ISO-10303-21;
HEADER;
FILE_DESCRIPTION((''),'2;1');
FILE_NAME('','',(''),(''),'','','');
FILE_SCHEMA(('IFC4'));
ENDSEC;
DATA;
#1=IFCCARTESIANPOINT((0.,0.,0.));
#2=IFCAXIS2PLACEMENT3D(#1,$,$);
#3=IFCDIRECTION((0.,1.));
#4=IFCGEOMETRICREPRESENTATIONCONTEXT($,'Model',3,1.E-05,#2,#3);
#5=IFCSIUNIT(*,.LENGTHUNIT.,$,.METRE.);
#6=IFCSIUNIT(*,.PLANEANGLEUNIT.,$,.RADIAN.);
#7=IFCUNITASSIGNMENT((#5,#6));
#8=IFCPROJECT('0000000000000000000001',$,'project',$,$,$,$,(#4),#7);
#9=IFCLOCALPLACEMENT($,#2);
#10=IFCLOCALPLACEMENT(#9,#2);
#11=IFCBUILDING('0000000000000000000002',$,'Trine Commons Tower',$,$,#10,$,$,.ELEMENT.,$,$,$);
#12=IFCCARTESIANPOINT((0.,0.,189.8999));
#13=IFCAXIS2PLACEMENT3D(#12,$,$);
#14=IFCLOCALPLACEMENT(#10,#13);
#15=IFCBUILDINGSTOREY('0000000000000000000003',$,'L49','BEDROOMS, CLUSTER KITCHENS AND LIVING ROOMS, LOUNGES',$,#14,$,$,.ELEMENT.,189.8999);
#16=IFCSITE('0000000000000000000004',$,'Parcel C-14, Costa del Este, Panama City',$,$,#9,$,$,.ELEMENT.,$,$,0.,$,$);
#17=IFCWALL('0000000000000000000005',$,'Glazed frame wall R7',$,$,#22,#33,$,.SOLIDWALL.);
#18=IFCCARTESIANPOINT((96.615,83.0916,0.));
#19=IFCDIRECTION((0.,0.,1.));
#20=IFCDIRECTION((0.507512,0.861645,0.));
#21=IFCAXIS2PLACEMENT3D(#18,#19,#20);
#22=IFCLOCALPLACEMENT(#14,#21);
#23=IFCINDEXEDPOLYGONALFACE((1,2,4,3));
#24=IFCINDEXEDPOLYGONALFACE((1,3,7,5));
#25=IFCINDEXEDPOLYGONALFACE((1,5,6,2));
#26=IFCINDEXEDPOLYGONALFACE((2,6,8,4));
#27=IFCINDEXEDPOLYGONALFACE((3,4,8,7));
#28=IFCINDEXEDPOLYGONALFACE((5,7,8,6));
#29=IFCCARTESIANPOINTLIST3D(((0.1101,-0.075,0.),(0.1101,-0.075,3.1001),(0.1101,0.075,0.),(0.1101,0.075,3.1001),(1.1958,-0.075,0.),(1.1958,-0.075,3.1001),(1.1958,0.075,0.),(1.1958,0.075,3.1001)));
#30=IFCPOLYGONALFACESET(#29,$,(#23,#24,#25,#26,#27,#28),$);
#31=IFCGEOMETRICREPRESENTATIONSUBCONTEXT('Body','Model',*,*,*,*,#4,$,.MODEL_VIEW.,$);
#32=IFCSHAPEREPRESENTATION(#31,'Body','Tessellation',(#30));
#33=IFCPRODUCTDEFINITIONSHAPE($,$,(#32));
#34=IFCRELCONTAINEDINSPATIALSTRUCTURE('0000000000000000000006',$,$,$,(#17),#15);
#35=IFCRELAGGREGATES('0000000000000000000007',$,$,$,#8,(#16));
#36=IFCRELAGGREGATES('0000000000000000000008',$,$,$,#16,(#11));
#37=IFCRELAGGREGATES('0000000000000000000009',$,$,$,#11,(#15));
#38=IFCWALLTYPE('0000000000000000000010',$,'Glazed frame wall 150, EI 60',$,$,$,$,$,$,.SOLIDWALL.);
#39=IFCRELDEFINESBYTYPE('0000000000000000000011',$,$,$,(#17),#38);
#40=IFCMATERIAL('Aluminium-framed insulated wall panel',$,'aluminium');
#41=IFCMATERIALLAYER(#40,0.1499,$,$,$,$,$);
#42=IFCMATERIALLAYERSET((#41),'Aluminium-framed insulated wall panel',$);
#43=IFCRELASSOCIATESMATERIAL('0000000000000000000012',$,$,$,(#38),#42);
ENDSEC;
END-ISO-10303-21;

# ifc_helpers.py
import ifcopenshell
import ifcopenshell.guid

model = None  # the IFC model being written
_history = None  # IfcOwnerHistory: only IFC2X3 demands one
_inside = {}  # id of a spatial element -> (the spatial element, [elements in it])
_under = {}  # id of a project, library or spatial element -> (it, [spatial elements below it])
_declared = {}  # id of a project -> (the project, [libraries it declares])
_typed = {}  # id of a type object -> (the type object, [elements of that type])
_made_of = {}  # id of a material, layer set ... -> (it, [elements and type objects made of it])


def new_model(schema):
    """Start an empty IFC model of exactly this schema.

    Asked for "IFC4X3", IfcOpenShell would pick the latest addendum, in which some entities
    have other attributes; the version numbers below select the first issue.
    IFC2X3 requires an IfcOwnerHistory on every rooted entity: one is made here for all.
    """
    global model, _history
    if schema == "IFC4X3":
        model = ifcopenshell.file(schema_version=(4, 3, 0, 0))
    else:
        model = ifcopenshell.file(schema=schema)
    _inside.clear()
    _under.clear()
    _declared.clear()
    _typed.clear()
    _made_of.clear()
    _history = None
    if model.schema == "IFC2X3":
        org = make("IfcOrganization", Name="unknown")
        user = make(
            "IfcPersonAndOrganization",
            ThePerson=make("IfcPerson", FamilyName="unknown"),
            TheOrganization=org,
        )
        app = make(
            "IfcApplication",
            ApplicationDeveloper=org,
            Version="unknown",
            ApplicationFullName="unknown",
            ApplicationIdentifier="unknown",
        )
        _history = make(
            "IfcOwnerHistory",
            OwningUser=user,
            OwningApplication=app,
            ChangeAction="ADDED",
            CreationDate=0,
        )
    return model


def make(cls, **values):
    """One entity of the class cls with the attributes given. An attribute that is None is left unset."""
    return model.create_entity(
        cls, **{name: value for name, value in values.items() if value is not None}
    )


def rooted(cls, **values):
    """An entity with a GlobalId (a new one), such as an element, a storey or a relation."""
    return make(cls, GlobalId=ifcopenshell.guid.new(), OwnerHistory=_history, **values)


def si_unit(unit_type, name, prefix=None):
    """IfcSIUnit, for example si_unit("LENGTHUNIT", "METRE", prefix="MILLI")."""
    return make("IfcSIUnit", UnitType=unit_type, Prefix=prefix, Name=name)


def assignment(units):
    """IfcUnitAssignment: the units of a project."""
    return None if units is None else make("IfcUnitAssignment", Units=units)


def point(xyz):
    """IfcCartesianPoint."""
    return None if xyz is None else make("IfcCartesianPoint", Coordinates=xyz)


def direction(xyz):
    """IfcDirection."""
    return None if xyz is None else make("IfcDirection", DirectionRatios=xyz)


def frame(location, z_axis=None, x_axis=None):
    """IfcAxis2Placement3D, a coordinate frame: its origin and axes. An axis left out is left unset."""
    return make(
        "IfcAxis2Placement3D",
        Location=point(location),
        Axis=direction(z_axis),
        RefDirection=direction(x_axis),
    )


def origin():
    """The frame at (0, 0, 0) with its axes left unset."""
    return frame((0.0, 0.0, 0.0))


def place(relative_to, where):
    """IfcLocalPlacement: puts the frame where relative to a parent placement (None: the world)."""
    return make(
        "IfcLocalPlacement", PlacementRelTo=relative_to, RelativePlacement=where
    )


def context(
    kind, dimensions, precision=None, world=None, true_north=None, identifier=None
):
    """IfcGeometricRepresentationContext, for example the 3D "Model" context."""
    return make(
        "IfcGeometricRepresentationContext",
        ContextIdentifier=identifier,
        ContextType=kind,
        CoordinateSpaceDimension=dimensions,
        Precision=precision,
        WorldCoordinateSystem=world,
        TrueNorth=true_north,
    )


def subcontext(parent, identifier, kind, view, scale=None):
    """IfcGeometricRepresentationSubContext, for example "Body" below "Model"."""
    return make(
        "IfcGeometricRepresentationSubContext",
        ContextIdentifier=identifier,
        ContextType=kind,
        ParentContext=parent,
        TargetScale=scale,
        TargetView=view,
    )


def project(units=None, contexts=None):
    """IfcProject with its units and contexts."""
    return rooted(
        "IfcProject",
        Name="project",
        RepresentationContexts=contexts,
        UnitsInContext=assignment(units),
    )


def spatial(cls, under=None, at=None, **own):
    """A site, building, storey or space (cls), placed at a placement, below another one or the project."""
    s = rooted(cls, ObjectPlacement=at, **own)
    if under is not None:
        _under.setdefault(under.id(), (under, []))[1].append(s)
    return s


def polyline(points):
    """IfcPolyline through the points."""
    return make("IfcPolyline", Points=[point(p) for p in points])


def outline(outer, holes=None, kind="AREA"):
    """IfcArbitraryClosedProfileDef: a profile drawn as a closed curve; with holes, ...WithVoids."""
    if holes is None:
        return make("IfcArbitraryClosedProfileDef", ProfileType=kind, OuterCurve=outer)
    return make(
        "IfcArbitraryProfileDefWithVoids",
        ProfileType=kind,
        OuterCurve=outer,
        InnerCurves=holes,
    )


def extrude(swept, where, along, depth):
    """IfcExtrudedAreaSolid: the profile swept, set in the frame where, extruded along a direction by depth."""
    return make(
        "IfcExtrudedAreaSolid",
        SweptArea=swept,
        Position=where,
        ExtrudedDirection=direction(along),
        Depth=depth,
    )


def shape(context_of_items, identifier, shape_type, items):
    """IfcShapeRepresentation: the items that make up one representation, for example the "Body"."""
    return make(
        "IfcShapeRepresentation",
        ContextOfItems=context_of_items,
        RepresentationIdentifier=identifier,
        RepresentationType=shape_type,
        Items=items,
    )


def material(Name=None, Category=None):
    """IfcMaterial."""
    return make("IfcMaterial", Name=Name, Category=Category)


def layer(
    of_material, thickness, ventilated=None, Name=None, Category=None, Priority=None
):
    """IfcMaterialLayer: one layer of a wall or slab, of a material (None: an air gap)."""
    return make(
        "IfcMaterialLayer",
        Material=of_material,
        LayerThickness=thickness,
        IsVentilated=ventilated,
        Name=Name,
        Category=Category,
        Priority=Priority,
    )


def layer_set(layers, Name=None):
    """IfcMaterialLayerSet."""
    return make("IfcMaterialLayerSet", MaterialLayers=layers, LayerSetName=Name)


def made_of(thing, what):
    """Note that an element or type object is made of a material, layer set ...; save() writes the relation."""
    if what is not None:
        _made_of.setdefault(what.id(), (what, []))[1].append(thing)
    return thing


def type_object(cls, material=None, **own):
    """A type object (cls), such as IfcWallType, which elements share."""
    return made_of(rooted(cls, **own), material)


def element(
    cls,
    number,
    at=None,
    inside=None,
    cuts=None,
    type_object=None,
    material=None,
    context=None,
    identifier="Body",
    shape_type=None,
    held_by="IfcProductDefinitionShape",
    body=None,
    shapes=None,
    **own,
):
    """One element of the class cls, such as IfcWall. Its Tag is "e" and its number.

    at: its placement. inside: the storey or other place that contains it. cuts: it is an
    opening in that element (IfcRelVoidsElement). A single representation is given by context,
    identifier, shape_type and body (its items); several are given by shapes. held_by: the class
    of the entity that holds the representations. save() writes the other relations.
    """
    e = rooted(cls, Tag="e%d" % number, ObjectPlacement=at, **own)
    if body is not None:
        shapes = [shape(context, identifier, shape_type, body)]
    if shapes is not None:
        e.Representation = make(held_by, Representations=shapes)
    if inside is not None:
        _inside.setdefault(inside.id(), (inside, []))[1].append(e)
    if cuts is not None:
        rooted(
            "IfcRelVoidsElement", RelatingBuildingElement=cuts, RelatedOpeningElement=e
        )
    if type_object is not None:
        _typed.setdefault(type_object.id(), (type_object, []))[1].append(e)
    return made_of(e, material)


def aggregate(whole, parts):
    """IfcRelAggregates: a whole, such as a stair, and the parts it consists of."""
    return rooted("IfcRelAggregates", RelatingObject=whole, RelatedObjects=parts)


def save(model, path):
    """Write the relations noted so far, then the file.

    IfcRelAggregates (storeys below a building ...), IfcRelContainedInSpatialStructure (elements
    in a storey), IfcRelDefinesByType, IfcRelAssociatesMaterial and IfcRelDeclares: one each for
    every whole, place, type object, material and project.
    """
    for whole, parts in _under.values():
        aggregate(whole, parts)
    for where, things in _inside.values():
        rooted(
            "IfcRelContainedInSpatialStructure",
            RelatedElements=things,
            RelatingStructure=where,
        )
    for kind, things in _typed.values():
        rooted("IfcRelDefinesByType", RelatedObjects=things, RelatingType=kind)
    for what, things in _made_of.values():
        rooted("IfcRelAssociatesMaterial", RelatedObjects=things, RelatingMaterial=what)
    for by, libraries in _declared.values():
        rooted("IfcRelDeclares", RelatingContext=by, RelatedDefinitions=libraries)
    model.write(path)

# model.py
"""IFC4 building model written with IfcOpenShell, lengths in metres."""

from ifc_helpers import new_model, si_unit, direction, frame, origin, place, context, subcontext, project, spatial, polyline, outline, extrude, material, layer, layer_set, type_object, element, save


model = new_model("IFC4")

# Units and contexts
model_context = context("Model", 3, precision=1e-05, world=origin(), true_north=direction((0.0, 1.0)))
body_context = subcontext(model_context, "Body", "Model", "MODEL_VIEW")
ifc_project = project(units=[si_unit("LENGTHUNIT", "METRE"), si_unit("PLANEANGLEUNIT", "RADIAN")], contexts=[model_context])

# Site, building, storey
site_placement = place(None, origin())
site = spatial("IfcSite", under=ifc_project, at=site_placement, Name="Parcel C-14, Costa del Este, Panama City", CompositionType="ELEMENT", RefElevation=0.0)
building_placement = place(site_placement, origin())
building = spatial("IfcBuilding", under=site, at=building_placement, Name="Trine Commons Tower", CompositionType="ELEMENT")
storey_placement = place(building_placement, frame((0.0, 0.0, 189.8999)))
storey = spatial("IfcBuildingStorey", under=building, at=storey_placement, Name="L49", Description="BEDROOMS, CLUSTER KITCHENS AND LIVING ROOMS, LOUNGES", CompositionType="ELEMENT", Elevation=189.8999)

# Shared definitions
ifc_material_1 = material(Name="Aluminium-framed insulated wall panel", Category="aluminium")
ifc_layer_1 = layer(ifc_material_1, 0.1499)
ifc_layer_set_1 = layer_set([ifc_layer_1], Name="Aluminium-framed insulated wall panel")
wall_type_1 = type_object("IfcWallType", Name="Glazed frame wall 150, EI 60", PredefinedType="SOLIDWALL", material=ifc_layer_set_1)

# Wall
wall_1_placement = place(storey_placement, frame((96.615, 83.0916, 0.0), z_axis=(0.0, 0.0, 1.0), x_axis=(0.507512, 0.861645, 0.0)))
element("IfcWall", 1, at=wall_1_placement, inside=storey, type_object=wall_type_1, Name="Glazed frame wall R7", PredefinedType="SOLIDWALL", context=body_context, shape_type="SweptSolid", body=[
    extrude(outline(polyline([(0.1101, 0.075), (0.1101, -0.075), (1.1958, -0.075), (1.1958, 0.075), (0.1101, 0.075)])), origin(), (0.0, 0.0, 1.0), 3.1001),
])

save(model, "model.ifc")
